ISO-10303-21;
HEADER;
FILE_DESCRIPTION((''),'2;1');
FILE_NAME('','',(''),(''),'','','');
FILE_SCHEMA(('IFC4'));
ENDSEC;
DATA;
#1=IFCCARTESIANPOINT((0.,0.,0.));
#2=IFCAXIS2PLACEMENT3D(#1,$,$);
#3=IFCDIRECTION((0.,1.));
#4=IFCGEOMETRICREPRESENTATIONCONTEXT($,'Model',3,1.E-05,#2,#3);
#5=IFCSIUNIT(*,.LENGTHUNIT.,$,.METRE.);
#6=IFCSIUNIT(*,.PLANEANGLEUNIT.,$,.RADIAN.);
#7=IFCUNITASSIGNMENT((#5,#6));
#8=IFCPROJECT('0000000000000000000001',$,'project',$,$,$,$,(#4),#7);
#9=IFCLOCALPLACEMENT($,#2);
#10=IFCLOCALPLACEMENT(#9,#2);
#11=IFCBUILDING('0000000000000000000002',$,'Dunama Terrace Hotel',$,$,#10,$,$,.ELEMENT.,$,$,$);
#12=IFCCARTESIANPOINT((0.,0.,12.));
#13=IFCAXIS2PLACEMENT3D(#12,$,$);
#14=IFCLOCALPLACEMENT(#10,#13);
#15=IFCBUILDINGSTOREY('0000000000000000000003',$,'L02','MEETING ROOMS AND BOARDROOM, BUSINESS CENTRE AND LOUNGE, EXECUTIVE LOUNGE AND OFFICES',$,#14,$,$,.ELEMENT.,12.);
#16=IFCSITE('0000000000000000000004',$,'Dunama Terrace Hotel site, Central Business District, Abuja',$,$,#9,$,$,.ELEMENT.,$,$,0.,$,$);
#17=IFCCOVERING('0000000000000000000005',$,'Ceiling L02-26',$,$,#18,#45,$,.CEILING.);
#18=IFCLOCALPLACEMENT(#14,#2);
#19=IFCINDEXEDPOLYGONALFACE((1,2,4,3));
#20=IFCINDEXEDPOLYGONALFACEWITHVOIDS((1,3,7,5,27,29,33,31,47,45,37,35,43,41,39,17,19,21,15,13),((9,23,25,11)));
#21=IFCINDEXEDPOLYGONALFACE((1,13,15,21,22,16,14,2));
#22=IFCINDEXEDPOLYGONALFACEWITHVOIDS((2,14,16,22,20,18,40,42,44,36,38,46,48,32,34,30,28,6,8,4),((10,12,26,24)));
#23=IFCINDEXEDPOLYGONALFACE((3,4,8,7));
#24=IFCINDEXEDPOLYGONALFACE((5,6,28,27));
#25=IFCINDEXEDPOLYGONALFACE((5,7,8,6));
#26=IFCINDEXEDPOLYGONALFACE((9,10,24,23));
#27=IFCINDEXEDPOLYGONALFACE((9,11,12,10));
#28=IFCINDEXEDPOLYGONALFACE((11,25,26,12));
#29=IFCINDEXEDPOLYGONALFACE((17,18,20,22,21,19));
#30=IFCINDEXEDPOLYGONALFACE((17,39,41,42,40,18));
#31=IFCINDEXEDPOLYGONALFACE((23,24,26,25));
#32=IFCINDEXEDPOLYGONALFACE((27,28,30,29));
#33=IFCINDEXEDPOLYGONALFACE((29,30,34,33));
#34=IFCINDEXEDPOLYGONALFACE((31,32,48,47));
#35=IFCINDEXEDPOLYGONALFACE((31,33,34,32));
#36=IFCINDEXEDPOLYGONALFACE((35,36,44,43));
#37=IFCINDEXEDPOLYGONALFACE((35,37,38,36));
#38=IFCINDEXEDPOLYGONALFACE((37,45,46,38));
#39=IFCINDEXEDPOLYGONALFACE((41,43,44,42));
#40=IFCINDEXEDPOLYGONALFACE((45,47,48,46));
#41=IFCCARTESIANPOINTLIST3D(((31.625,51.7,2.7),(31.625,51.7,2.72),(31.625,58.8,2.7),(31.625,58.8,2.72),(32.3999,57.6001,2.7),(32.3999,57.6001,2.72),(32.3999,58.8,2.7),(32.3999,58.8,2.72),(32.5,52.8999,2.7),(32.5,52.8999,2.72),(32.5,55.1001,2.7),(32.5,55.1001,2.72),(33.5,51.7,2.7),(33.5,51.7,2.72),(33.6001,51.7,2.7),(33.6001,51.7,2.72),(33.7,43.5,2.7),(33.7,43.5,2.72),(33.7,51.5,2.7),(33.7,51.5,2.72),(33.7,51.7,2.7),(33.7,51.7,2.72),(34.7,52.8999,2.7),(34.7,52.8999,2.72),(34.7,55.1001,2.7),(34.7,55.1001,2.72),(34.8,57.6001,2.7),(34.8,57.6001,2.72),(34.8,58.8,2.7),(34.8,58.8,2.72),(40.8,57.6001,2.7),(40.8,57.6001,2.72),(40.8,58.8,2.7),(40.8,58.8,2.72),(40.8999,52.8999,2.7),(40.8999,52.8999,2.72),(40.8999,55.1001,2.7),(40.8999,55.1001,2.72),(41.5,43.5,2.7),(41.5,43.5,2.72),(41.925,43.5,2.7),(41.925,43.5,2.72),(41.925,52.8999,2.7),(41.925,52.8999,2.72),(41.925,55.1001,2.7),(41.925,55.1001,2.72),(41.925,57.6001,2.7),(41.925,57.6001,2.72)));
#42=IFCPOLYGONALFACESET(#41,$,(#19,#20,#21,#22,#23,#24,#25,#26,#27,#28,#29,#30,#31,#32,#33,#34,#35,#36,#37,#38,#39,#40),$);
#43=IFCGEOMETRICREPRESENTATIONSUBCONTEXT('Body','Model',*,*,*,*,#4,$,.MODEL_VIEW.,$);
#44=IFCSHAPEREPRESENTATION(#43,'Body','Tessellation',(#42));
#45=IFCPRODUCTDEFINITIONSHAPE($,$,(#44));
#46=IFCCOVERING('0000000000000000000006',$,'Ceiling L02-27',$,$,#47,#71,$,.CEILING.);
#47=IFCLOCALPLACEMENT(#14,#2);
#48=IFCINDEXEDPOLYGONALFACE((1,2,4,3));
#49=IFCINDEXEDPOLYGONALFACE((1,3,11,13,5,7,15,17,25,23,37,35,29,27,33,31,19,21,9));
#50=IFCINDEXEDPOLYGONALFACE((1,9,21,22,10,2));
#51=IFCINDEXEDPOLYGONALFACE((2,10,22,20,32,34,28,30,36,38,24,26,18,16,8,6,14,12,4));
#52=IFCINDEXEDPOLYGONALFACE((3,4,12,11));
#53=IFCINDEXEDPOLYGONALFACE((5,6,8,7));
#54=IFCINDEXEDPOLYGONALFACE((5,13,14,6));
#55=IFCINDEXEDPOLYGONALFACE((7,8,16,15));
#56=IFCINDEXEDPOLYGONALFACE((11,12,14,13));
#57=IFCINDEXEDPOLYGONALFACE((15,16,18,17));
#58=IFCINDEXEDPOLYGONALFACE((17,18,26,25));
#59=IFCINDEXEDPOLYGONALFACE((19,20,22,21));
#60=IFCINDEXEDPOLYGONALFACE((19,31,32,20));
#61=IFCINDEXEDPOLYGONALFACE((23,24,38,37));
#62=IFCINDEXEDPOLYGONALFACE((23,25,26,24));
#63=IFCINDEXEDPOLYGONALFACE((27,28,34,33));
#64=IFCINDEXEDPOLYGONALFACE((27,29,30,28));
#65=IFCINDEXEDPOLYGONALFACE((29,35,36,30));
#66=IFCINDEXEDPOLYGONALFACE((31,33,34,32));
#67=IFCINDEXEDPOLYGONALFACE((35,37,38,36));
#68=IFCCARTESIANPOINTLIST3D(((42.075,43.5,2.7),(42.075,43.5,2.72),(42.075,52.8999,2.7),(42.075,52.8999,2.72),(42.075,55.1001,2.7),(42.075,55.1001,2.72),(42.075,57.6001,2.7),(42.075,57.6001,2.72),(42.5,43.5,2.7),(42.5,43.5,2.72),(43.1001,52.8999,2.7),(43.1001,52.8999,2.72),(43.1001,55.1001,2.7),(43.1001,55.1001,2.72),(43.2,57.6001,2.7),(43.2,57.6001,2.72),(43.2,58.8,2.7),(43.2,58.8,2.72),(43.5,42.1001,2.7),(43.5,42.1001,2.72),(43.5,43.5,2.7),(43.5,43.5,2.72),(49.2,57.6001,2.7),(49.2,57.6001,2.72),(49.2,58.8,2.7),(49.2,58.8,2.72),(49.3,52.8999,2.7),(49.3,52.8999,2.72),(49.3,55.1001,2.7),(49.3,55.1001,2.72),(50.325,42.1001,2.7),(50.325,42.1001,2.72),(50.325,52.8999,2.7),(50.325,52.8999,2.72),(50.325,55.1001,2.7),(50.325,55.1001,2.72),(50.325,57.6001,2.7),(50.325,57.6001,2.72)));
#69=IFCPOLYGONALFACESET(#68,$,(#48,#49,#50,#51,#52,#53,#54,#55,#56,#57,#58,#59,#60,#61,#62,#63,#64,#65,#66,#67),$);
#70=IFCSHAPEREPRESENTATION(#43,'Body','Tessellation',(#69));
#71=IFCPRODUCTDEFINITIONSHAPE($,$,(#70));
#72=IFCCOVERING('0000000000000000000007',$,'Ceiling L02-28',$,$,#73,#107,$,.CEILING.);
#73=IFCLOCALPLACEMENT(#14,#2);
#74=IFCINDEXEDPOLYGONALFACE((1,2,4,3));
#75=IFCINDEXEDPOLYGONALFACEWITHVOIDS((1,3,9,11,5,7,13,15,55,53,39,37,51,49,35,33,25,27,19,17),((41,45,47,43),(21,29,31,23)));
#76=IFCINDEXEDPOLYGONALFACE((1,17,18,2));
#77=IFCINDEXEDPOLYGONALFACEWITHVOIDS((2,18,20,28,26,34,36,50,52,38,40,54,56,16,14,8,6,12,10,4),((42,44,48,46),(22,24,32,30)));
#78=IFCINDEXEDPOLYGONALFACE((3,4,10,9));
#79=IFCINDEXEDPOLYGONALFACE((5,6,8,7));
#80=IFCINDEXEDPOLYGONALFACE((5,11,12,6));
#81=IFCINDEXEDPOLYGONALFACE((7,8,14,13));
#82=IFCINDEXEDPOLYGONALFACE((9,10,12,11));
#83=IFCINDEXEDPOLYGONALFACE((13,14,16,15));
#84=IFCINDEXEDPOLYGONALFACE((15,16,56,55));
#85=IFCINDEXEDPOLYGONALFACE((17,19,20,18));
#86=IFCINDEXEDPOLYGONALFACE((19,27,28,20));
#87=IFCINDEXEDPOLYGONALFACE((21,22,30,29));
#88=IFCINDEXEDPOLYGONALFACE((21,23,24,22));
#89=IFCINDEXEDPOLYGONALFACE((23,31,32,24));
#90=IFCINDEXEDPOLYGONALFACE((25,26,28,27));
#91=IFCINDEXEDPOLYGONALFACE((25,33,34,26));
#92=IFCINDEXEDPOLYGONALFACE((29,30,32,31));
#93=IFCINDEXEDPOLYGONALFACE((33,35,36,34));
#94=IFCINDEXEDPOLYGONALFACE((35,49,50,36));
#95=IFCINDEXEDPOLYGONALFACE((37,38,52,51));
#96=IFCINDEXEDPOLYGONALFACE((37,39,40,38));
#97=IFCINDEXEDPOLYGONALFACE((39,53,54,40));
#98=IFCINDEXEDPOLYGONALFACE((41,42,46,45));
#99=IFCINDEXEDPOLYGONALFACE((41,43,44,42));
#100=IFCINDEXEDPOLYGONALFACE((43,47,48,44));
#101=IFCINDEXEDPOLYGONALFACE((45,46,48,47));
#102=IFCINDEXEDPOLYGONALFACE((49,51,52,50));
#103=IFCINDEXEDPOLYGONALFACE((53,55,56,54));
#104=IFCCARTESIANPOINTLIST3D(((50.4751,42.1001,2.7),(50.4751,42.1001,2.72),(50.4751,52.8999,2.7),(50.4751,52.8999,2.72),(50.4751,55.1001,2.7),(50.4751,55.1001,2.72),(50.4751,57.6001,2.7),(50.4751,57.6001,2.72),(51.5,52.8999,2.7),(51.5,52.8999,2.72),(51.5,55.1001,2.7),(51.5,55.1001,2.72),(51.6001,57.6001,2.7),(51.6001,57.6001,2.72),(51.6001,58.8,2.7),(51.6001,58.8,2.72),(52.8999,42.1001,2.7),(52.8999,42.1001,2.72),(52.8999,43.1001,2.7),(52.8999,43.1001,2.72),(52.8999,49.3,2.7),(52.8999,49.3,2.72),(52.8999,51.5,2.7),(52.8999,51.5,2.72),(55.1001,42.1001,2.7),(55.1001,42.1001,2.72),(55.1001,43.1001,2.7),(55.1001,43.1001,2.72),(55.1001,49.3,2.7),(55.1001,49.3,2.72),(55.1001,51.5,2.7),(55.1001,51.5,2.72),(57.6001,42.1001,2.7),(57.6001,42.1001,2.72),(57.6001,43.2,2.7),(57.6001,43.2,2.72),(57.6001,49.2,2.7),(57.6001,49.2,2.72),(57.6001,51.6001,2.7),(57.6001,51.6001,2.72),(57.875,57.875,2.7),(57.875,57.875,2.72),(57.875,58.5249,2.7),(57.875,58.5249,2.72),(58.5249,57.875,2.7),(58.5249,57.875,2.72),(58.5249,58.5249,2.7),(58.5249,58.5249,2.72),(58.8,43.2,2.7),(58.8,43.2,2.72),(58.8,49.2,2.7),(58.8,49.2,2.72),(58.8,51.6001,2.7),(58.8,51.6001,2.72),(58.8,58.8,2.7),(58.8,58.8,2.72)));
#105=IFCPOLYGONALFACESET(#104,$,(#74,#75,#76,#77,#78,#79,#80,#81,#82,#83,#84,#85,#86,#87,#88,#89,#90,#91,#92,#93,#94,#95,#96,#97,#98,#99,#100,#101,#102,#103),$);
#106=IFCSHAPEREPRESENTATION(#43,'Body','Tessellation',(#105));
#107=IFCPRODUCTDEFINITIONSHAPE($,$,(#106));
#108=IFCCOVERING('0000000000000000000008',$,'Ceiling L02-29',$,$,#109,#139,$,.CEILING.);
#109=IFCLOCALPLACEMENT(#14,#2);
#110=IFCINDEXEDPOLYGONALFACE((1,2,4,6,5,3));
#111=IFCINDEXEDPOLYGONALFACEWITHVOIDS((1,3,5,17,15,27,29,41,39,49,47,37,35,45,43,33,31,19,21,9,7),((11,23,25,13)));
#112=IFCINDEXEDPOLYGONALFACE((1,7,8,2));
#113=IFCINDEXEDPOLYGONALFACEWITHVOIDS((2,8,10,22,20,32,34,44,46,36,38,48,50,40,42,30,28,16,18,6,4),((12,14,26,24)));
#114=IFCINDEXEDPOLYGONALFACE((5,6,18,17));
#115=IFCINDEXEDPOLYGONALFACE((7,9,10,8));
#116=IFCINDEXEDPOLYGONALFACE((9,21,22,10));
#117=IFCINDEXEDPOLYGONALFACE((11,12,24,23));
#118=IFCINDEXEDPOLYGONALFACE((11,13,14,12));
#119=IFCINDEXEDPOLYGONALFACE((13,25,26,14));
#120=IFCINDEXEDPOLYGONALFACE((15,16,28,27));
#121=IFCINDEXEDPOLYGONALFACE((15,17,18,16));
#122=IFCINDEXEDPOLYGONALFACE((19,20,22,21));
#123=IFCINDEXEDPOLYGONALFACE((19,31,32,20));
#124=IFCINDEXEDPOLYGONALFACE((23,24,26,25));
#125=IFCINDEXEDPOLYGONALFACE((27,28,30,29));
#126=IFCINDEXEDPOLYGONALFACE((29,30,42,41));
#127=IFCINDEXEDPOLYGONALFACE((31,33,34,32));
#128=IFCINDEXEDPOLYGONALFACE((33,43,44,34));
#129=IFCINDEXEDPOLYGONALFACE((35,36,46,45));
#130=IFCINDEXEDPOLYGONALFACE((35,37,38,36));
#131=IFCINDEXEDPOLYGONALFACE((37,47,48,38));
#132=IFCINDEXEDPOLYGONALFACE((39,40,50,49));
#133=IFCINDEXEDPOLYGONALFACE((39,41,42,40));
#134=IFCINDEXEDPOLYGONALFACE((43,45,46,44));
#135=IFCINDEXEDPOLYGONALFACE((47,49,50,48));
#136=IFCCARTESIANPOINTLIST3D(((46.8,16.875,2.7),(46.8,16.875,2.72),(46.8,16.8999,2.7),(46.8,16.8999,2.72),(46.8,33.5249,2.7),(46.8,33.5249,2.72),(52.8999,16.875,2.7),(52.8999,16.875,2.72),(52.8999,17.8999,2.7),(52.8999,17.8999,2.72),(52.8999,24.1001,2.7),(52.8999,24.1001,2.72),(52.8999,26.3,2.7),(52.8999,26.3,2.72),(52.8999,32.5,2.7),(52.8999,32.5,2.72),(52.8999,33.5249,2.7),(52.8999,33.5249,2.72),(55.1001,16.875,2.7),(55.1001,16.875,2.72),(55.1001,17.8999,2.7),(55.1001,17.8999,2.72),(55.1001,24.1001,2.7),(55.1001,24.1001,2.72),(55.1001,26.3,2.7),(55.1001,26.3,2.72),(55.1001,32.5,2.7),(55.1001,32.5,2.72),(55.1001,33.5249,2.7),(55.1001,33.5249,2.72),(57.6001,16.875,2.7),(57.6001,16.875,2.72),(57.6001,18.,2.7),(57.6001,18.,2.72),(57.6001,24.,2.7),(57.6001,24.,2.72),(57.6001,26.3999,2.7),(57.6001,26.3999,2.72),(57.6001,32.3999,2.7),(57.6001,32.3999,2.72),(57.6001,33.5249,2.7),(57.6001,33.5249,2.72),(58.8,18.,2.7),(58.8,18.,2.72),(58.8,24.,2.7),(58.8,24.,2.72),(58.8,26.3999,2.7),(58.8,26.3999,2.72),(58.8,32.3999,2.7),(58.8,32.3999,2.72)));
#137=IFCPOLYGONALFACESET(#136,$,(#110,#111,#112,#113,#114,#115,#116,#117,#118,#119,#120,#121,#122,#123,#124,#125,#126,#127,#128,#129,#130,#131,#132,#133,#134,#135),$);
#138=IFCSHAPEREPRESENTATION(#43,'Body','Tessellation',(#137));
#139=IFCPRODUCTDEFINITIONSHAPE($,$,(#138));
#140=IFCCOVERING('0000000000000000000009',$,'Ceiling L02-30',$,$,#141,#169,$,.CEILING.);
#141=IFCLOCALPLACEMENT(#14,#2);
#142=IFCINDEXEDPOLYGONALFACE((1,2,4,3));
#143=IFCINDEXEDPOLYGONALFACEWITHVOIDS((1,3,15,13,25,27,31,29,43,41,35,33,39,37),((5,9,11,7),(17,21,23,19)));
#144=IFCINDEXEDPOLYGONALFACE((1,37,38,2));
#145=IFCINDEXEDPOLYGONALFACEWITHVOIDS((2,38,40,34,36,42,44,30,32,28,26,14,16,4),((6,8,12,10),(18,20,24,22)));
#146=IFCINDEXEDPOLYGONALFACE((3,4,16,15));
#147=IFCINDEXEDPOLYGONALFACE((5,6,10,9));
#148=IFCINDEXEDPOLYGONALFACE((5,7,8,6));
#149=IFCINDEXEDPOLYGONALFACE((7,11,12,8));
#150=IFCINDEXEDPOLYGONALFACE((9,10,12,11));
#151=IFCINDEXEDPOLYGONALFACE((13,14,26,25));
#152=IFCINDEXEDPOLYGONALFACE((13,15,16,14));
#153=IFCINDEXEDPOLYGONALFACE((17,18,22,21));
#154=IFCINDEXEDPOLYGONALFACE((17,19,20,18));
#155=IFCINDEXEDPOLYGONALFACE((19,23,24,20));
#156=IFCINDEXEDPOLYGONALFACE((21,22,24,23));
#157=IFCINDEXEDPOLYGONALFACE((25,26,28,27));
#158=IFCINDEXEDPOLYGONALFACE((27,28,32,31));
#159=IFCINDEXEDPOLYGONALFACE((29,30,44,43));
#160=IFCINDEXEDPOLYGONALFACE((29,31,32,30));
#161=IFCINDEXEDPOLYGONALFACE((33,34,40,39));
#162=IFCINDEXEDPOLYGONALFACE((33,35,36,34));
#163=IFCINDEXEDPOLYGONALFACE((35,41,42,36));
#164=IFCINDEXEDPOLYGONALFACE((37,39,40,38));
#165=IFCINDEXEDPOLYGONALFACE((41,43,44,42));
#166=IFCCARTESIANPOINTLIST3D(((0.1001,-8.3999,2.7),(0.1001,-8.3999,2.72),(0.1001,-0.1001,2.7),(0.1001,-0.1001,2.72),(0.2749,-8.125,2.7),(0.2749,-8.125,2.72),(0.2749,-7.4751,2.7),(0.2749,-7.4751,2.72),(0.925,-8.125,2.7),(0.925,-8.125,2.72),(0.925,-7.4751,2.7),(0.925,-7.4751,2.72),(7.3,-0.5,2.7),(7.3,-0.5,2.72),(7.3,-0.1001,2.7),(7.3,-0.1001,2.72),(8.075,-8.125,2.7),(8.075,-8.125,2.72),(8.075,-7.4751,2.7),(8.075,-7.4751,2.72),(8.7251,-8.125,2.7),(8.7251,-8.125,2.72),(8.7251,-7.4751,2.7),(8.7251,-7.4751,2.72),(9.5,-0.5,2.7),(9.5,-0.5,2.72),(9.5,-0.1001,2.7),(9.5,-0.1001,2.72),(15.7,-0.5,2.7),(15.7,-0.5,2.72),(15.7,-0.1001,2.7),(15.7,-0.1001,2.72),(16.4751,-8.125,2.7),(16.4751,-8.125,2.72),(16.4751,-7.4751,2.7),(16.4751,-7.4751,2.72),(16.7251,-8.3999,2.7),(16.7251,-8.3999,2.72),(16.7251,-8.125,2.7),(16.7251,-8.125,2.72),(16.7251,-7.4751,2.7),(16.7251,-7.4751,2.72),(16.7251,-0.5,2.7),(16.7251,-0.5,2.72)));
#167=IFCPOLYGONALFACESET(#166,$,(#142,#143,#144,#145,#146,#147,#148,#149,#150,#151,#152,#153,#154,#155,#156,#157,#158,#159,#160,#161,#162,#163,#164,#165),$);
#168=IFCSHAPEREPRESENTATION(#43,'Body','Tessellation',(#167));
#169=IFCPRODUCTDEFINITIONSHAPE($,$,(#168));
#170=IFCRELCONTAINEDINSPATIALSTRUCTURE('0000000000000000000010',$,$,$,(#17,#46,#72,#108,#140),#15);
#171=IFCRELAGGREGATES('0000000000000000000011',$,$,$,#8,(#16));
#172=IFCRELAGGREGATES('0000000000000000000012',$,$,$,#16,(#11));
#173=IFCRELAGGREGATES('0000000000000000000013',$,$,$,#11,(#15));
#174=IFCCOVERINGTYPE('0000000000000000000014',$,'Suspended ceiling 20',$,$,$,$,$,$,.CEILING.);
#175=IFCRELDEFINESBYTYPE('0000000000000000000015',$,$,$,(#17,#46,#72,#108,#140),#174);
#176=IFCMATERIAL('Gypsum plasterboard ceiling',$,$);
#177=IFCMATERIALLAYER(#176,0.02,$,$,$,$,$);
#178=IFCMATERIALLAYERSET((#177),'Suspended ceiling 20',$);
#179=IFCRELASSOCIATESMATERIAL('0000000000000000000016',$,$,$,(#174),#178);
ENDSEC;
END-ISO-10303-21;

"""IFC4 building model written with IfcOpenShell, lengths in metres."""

from ifc_helpers import new_model, si_unit, direction, frame, origin, place, context, subcontext, project, spatial, polyline, outline, extrude, material, layer, layer_set, type_object, element, save


model = new_model("IFC4")

# Units and contexts
model_context = context("Model", 3, precision=1e-05, world=origin(), true_north=direction((0.0, 1.0)))
body_context = subcontext(model_context, "Body", "Model", "MODEL_VIEW")
ifc_project = project(units=[si_unit("LENGTHUNIT", "METRE"), si_unit("PLANEANGLEUNIT", "RADIAN")], contexts=[model_context])

# Site, building, storey
site_placement = place(None, origin())
site = spatial("IfcSite", under=ifc_project, at=site_placement, Name="Dunama Terrace Hotel site, Central Business District, Abuja", CompositionType="ELEMENT", RefElevation=0.0)
building_placement = place(site_placement, origin())
building = spatial("IfcBuilding", under=site, at=building_placement, Name="Dunama Terrace Hotel", CompositionType="ELEMENT")
storey_placement = place(building_placement, frame((0.0, 0.0, 12.0)))
storey = spatial("IfcBuildingStorey", under=building, at=storey_placement, Name="L02", Description="MEETING ROOMS AND BOARDROOM, BUSINESS CENTRE AND LOUNGE, EXECUTIVE LOUNGE AND OFFICES", CompositionType="ELEMENT", Elevation=12.0)

# Coverings
ifc_material_1 = material(Name="Gypsum plasterboard ceiling")
ifc_layer_1 = layer(ifc_material_1, 0.02)
ifc_layer_set_1 = layer_set([ifc_layer_1], Name="Suspended ceiling 20")
covering_type_1 = type_object("IfcCoveringType", Name="Suspended ceiling 20", PredefinedType="CEILING", material=ifc_layer_set_1)
covering_1_placement = place(storey_placement, frame((0.0, 0.0, 2.7)))
element("IfcCovering", 1, at=covering_1_placement, inside=storey, type_object=covering_type_1, Name="Ceiling L02-26", PredefinedType="CEILING", context=body_context, shape_type="SweptSolid", body=[
    extrude(outline(polyline([(32.3999, 57.6001), (32.3999, 58.8), (31.625, 58.8), (31.625, 51.7), (33.5, 51.7), (33.6001, 51.7), (33.7, 51.7), (33.7, 51.5), (33.7, 43.5), (41.5, 43.5), (41.925, 43.5), (41.925, 52.8999), (40.8999, 52.8999), (40.8999, 55.1001), (41.925, 55.1001), (41.925, 57.6001), (40.8, 57.6001), (40.8, 58.8), (34.8, 58.8), (34.8, 57.6001), (32.3999, 57.6001)]), holes=[polyline([(32.5, 55.1001), (34.7, 55.1001), (34.7, 52.8999), (32.5, 52.8999), (32.5, 55.1001)])]), origin(), (0.0, 0.0, 1.0), 0.02),
])
covering_2_placement = place(storey_placement, frame((0.0, 0.0, 2.7)))
element("IfcCovering", 2, at=covering_2_placement, inside=storey, type_object=covering_type_1, Name="Ceiling L02-27", PredefinedType="CEILING", context=body_context, shape_type="SweptSolid", body=[
    extrude(outline(polyline([(49.2, 57.6001), (49.2, 58.8), (43.2, 58.8), (43.2, 57.6001), (42.075, 57.6001), (42.075, 55.1001), (43.1001, 55.1001), (43.1001, 52.8999), (42.075, 52.8999), (42.075, 43.5), (42.5, 43.5), (43.5, 43.5), (43.5, 42.1001), (50.325, 42.1001), (50.325, 52.8999), (49.3, 52.8999), (49.3, 55.1001), (50.325, 55.1001), (50.325, 57.6001), (49.2, 57.6001)])), origin(), (0.0, 0.0, 1.0), 0.02),
])
covering_3_placement = place(storey_placement, frame((0.0, 0.0, 2.7)))
element("IfcCovering", 3, at=covering_3_placement, inside=storey, type_object=covering_type_1, Name="Ceiling L02-28", PredefinedType="CEILING", context=body_context, shape_type="SweptSolid", body=[
    extrude(outline(polyline([(58.8, 51.6001), (58.8, 58.8), (51.6001, 58.8), (51.6001, 57.6001), (50.4751, 57.6001), (50.4751, 55.1001), (51.5, 55.1001), (51.5, 52.8999), (50.4751, 52.8999), (50.4751, 42.1001), (52.8999, 42.1001), (52.8999, 43.1001), (55.1001, 43.1001), (55.1001, 42.1001), (57.6001, 42.1001), (57.6001, 43.2), (58.8, 43.2), (58.8, 49.2), (57.6001, 49.2), (57.6001, 51.6001), (58.8, 51.6001)]), holes=[polyline([(52.8999, 51.5), (55.1001, 51.5), (55.1001, 49.3), (52.8999, 49.3), (52.8999, 51.5)]), polyline([(57.875, 58.5249), (58.5249, 58.5249), (58.5249, 57.875), (57.875, 57.875), (57.875, 58.5249)])]), origin(), (0.0, 0.0, 1.0), 0.02),
])
covering_4_placement = place(storey_placement, frame((0.0, 0.0, 2.7)))
element("IfcCovering", 4, at=covering_4_placement, inside=storey, type_object=covering_type_1, Name="Ceiling L02-29", PredefinedType="CEILING", context=body_context, shape_type="SweptSolid", body=[
    extrude(outline(polyline([(57.6001, 26.3999), (58.8, 26.3999), (58.8, 32.3999), (57.6001, 32.3999), (57.6001, 33.5249), (55.1001, 33.5249), (55.1001, 32.5), (52.8999, 32.5), (52.8999, 33.5249), (46.8, 33.5249), (46.8, 16.8999), (46.8, 16.875), (52.8999, 16.875), (52.8999, 17.8999), (55.1001, 17.8999), (55.1001, 16.875), (57.6001, 16.875), (57.6001, 18.0), (58.8, 18.0), (58.8, 24.0), (57.6001, 24.0), (57.6001, 26.3999)]), holes=[polyline([(52.8999, 24.1001), (52.8999, 26.3), (55.1001, 26.3), (55.1001, 24.1001), (52.8999, 24.1001)])]), origin(), (0.0, 0.0, 1.0), 0.02),
])
covering_5_placement = place(storey_placement, frame((0.0, 0.0, 2.7)))
element("IfcCovering", 5, at=covering_5_placement, inside=storey, type_object=covering_type_1, Name="Ceiling L02-30", PredefinedType="CEILING", context=body_context, shape_type="SweptSolid", body=[
    extrude(outline(polyline([(0.1001, -0.1001), (0.1001, -8.3999), (16.7251, -8.3999), (16.7251, -8.125), (16.4751, -8.125), (16.4751, -7.4751), (16.7251, -7.4751), (16.7251, -0.5), (15.7, -0.5), (15.7, -0.1001), (9.5, -0.1001), (9.5, -0.5), (7.3, -0.5), (7.3, -0.1001), (0.1001, -0.1001)]), holes=[polyline([(0.2749, -7.4751), (0.925, -7.4751), (0.925, -8.125), (0.2749, -8.125), (0.2749, -7.4751)]), polyline([(8.075, -7.4751), (8.7251, -7.4751), (8.7251, -8.125), (8.075, -8.125), (8.075, -7.4751)])]), origin(), (0.0, 0.0, 1.0), 0.02),
])

save(model, "model.ifc")
